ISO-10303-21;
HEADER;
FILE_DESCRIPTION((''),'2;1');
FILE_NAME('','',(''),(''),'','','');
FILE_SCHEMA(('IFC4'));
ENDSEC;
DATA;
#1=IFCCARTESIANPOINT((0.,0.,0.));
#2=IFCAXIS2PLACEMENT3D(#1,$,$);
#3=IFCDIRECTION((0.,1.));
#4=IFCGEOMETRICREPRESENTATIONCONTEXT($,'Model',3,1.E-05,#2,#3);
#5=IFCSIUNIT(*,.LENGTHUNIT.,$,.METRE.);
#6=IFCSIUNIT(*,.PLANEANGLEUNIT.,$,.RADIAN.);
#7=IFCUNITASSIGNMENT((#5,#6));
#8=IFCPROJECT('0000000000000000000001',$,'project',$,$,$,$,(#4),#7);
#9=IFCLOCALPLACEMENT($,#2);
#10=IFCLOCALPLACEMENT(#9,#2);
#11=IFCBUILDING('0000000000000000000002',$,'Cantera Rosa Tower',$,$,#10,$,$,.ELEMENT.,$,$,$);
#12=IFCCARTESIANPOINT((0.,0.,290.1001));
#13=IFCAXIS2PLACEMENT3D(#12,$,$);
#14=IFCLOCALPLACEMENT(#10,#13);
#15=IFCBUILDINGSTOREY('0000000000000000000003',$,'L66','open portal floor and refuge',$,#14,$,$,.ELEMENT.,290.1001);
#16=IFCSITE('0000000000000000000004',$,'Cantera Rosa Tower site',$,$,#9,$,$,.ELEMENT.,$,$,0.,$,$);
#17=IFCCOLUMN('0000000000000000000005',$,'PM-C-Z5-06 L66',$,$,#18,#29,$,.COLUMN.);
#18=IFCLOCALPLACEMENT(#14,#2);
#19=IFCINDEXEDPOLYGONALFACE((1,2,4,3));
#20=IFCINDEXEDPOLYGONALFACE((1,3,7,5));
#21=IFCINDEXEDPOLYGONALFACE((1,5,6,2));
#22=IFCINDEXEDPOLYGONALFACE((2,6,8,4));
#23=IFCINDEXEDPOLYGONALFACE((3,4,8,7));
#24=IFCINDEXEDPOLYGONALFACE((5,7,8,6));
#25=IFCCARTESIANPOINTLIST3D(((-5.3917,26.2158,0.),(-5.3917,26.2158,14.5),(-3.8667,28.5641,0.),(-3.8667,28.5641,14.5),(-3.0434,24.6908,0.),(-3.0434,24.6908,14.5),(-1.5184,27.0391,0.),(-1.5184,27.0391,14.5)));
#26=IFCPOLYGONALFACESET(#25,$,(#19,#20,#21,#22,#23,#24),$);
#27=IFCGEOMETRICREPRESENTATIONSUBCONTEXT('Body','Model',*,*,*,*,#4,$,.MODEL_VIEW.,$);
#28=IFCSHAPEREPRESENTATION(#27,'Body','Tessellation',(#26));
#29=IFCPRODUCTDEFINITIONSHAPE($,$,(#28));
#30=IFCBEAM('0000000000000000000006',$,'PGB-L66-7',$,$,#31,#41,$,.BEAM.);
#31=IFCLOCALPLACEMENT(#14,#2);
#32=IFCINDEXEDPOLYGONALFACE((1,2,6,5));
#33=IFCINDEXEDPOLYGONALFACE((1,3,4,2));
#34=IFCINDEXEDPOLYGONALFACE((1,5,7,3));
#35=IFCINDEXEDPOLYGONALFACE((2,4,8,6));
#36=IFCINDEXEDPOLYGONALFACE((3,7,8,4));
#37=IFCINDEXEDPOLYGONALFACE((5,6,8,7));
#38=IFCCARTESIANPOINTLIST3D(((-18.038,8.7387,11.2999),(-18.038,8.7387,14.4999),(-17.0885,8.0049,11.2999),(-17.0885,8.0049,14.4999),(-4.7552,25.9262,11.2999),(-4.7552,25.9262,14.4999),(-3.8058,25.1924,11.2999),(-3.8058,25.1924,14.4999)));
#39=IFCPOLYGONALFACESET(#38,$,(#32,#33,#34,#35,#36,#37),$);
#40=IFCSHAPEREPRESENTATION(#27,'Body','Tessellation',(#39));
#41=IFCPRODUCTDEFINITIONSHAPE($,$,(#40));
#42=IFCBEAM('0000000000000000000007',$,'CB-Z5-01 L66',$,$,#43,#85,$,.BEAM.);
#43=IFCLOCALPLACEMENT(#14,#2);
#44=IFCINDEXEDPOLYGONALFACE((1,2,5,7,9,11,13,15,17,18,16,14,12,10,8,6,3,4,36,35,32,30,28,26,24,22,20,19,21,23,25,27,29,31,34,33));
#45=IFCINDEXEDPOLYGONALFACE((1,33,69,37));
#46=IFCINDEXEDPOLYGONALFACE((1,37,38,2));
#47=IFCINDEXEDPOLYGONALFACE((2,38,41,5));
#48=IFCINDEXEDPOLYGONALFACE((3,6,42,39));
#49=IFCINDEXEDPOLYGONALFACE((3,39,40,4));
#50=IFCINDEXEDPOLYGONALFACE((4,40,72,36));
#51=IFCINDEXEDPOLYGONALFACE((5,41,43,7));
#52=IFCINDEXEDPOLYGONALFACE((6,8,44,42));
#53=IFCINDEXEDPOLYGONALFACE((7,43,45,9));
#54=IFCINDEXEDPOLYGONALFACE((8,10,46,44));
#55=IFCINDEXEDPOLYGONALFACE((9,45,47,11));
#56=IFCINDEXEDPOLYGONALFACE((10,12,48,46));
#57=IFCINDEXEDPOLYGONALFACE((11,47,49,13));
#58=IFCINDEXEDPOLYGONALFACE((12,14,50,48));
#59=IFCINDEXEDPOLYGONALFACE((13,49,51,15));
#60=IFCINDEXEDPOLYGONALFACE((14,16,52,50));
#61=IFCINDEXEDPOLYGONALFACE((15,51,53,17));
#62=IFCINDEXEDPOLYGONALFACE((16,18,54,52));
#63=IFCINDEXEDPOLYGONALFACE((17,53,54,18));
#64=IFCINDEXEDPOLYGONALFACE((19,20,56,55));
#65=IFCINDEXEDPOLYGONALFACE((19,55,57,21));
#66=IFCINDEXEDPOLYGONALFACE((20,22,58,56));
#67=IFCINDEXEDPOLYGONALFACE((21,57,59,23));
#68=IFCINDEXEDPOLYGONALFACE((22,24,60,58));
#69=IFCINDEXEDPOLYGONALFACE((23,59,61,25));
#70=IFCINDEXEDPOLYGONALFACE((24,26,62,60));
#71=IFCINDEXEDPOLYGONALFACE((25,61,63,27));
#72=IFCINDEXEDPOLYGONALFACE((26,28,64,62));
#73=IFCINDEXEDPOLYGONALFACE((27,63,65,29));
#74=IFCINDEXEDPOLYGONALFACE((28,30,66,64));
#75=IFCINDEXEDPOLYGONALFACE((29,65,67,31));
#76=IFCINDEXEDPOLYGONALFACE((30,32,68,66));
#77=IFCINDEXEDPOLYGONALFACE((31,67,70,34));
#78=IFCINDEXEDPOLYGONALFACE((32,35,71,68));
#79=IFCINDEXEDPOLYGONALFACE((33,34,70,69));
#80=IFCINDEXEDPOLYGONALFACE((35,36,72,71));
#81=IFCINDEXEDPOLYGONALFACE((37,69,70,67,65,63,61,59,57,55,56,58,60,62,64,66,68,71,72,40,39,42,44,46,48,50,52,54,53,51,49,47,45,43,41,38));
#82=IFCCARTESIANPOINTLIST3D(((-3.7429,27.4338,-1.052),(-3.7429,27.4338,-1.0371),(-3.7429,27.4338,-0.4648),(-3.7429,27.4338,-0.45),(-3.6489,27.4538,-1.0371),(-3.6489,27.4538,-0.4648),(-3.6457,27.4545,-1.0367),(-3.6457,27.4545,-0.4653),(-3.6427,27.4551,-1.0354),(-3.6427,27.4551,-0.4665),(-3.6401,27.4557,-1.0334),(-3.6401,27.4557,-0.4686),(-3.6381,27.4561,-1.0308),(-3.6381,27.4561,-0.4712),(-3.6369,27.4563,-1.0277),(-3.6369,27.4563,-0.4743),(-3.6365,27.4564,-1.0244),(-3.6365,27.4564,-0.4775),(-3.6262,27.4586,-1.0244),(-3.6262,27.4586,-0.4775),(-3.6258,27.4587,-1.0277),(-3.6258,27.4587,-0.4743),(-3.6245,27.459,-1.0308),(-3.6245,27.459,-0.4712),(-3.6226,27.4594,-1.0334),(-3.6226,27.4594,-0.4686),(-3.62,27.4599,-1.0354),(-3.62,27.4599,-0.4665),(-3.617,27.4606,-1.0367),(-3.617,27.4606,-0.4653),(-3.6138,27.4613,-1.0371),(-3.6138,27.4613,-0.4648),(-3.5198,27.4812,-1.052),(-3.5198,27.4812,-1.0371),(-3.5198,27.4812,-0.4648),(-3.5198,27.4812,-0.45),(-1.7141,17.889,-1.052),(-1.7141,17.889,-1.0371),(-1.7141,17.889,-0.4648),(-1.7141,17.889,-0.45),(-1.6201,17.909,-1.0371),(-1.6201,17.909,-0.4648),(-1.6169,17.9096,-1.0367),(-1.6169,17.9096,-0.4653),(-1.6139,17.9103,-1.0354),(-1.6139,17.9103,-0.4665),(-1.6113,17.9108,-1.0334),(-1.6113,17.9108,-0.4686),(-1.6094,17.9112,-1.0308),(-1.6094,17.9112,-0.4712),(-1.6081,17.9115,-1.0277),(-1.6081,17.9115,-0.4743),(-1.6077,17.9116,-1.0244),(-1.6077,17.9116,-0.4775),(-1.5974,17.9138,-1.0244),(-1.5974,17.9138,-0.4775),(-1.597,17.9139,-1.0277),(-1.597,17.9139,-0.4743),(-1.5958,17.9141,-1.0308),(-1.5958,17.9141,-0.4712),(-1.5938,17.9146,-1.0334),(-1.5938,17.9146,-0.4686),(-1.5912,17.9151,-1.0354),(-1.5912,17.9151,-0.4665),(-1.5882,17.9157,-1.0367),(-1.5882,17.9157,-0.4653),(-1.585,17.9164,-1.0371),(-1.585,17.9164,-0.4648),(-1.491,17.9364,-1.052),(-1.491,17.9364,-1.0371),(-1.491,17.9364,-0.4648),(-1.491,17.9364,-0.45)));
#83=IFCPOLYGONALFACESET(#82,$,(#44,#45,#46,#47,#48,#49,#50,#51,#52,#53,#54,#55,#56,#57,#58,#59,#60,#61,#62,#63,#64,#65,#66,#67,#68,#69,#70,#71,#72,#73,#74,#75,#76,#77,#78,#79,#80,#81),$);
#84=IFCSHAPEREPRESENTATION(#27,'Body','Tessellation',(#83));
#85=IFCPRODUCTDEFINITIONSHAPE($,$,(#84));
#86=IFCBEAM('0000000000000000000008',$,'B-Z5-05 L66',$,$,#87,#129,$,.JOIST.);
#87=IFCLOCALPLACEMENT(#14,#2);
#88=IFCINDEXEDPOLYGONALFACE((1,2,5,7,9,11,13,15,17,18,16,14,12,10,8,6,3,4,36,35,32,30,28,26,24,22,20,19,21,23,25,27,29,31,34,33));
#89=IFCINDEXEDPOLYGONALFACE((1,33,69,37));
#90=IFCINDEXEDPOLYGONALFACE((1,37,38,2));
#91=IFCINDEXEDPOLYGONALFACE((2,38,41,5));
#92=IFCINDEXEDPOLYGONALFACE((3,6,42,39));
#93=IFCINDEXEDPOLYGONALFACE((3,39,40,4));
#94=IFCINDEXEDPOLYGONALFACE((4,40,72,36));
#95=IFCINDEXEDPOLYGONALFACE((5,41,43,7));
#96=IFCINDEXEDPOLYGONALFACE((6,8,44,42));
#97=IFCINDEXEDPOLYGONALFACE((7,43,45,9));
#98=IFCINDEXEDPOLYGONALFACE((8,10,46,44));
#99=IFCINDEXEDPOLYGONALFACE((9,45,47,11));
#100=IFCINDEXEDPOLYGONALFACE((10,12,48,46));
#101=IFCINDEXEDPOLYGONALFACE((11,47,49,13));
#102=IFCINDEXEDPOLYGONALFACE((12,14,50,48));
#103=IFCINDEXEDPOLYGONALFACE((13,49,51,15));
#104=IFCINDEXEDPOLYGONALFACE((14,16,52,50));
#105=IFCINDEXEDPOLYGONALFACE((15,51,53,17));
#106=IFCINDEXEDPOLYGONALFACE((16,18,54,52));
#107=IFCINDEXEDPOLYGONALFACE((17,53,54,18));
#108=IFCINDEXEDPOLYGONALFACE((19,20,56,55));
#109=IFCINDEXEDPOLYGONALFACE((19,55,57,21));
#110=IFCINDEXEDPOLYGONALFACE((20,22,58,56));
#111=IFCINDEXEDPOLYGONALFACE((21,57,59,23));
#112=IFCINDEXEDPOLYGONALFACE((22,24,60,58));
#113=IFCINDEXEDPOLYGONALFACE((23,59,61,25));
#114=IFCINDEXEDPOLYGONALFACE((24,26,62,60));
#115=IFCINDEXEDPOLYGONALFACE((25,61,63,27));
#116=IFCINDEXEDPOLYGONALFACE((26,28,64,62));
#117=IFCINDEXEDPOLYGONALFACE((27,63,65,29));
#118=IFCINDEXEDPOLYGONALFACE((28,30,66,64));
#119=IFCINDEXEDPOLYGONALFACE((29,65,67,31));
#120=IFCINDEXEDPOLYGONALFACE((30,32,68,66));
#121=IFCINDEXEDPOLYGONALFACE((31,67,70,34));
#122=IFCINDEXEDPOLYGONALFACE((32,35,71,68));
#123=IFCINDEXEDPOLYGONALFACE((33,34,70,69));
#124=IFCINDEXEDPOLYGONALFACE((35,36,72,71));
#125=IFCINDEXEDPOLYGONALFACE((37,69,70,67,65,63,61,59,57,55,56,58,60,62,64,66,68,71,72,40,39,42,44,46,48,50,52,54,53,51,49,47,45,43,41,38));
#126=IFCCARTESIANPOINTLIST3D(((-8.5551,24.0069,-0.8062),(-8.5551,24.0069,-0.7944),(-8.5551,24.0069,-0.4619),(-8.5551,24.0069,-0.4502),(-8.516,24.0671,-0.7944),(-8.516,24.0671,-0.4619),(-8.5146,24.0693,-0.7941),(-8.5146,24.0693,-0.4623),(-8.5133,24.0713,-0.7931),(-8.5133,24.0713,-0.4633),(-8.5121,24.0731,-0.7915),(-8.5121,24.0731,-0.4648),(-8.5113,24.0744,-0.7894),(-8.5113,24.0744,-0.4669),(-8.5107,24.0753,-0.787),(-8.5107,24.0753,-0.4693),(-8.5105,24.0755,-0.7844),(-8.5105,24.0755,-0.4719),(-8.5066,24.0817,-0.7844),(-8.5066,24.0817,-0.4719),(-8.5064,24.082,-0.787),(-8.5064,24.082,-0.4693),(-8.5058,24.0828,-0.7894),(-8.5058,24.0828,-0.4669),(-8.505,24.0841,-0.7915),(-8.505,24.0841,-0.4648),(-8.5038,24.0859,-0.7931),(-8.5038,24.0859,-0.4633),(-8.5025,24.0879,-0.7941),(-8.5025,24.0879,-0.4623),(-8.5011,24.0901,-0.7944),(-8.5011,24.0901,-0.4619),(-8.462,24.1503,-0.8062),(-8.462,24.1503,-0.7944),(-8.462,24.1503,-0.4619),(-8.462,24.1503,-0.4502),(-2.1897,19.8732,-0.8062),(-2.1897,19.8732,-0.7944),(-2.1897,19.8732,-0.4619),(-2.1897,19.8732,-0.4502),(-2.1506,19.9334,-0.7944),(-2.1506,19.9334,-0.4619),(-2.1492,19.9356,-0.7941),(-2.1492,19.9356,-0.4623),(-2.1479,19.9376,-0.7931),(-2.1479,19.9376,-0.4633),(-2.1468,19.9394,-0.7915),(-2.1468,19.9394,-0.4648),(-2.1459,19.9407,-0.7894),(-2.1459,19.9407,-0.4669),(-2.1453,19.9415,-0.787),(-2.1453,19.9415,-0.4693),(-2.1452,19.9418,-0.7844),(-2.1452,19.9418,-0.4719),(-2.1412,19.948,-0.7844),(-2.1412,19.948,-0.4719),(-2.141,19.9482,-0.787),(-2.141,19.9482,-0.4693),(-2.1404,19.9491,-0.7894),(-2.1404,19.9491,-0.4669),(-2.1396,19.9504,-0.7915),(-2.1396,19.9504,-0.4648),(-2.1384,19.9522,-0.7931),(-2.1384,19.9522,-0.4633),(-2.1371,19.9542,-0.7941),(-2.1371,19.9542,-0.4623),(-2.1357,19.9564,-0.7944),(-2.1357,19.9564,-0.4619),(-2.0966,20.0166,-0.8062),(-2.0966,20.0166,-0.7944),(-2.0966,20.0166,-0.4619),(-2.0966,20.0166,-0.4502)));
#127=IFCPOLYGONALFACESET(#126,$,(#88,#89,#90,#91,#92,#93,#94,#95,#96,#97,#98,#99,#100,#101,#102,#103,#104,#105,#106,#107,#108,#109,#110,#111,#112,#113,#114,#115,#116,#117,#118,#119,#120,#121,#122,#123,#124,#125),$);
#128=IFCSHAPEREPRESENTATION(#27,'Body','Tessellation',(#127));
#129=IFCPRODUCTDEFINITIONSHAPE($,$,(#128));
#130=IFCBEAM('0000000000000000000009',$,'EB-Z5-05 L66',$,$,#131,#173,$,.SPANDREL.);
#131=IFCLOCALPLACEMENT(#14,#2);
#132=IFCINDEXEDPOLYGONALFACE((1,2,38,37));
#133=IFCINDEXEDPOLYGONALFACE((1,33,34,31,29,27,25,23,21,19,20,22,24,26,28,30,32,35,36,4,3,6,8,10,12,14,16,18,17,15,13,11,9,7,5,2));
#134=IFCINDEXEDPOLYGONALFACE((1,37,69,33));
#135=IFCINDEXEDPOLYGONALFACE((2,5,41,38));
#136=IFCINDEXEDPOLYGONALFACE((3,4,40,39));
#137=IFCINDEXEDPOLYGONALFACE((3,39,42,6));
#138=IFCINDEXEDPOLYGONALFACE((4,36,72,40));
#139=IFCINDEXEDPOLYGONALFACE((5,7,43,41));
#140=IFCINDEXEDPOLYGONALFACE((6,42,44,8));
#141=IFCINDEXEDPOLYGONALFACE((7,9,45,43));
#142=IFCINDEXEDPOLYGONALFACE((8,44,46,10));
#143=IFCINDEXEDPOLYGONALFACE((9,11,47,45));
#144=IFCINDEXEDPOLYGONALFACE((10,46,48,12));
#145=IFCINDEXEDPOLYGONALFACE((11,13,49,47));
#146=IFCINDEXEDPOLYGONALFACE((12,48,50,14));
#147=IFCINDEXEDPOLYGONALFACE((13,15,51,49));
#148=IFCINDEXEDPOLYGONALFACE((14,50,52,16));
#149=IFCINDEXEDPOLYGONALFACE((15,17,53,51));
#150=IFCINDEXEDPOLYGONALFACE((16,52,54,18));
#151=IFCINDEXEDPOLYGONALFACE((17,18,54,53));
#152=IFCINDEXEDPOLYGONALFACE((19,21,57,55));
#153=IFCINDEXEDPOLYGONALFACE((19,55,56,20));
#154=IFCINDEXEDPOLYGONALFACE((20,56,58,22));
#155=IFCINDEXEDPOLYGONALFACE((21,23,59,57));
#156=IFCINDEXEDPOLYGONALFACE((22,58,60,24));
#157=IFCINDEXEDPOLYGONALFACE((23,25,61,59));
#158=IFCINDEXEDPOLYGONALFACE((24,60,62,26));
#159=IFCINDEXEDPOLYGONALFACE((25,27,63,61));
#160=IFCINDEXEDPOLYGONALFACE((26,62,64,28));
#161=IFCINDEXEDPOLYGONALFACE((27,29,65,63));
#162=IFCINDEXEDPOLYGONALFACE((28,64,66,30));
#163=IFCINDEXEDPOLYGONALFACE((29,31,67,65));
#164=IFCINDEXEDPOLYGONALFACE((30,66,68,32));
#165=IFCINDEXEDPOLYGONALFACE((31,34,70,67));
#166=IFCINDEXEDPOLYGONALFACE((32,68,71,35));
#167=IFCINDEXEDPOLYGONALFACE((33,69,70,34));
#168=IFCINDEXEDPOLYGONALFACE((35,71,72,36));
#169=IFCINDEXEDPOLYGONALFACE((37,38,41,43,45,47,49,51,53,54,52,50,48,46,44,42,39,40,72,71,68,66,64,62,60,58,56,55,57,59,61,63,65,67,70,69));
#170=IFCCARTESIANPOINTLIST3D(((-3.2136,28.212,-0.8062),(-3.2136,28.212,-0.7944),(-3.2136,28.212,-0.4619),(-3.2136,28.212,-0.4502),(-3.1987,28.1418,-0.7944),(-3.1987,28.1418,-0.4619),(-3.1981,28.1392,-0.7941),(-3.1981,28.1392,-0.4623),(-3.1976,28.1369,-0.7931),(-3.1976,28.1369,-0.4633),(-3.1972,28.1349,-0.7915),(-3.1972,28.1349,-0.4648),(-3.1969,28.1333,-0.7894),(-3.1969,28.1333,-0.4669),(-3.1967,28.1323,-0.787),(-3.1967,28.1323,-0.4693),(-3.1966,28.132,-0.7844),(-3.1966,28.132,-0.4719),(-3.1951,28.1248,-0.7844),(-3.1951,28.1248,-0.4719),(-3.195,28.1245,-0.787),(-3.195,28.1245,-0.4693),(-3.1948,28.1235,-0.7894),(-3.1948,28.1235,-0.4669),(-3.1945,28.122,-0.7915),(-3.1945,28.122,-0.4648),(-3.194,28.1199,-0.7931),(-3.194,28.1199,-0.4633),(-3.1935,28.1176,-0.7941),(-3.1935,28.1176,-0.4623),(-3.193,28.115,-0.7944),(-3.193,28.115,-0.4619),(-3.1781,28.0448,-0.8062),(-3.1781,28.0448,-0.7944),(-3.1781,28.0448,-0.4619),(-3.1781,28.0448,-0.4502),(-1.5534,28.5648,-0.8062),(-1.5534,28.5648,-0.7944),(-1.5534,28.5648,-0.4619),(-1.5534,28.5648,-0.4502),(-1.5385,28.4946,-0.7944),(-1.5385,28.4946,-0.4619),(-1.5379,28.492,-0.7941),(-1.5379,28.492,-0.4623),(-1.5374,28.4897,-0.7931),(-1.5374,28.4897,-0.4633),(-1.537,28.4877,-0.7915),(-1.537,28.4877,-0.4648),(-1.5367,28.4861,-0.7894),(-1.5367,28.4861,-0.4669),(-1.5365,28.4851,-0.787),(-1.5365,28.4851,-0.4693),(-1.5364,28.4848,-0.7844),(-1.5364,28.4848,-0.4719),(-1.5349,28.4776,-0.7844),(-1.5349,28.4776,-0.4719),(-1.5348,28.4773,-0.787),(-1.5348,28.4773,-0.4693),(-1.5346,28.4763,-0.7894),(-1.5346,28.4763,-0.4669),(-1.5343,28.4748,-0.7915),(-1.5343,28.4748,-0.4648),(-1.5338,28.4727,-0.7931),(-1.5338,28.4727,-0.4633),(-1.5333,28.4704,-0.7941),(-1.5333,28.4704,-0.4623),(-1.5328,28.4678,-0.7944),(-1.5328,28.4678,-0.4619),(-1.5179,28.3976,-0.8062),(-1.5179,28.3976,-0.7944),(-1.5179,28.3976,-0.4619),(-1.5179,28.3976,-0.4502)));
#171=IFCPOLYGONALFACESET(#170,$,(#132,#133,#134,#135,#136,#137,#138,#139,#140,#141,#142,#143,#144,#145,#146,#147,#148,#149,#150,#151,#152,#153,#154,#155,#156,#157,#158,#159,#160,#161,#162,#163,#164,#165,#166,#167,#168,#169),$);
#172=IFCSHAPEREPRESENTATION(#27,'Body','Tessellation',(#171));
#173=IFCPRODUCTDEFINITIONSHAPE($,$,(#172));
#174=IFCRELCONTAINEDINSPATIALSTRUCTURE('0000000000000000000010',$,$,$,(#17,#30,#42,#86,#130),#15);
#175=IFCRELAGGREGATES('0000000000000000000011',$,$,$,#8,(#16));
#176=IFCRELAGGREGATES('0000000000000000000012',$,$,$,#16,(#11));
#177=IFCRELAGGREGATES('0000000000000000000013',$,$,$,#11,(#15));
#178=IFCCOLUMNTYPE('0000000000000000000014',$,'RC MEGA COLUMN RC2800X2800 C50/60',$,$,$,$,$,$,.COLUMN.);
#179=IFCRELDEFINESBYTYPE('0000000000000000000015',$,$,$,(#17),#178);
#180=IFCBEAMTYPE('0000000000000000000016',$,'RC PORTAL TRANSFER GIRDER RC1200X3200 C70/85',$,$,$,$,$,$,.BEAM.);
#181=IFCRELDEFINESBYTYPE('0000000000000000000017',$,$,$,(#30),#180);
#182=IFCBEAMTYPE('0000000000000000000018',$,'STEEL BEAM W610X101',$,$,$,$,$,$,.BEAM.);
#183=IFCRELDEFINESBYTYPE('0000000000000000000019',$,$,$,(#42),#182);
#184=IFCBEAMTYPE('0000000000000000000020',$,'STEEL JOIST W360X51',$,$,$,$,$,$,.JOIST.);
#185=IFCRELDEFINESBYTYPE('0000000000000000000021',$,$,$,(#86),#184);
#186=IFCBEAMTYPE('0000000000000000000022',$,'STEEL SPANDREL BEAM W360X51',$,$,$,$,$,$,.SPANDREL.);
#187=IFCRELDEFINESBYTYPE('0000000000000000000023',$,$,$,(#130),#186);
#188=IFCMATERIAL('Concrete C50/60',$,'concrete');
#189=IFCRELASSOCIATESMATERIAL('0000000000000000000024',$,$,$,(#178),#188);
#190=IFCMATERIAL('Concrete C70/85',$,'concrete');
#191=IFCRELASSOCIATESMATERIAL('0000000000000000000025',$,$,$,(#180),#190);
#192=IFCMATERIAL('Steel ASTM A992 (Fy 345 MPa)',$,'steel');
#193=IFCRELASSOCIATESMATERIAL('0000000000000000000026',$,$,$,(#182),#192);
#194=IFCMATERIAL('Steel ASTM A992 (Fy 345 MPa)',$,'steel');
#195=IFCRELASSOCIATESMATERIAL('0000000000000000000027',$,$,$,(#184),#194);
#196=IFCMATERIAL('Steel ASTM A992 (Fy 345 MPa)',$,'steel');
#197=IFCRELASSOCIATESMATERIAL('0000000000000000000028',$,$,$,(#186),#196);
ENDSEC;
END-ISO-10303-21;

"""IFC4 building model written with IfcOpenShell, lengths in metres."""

from ifc_helpers import new_model, si_unit, direction, frame, origin, origin_2d, place, context, subcontext, project, spatial, rectangle, i_section, extrude, material, material_profile, profile_set, type_object, element, save


model = new_model("IFC4")

# Units and contexts
model_context = context("Model", 3, precision=1e-05, world=origin(), true_north=direction((0.0, 1.0)))
body_context = subcontext(model_context, "Body", "Model", "MODEL_VIEW")
ifc_project = project(units=[si_unit("LENGTHUNIT", "METRE"), si_unit("PLANEANGLEUNIT", "RADIAN")], contexts=[model_context])

# Site, building, storey
site_placement = place(None, origin())
site = spatial("IfcSite", under=ifc_project, at=site_placement, Name="Cantera Rosa Tower site", CompositionType="ELEMENT", RefElevation=0.0)
building_placement = place(site_placement, origin())
building = spatial("IfcBuilding", under=site, at=building_placement, Name="Cantera Rosa Tower", CompositionType="ELEMENT")
storey_placement = place(building_placement, frame((0.0, 0.0, 290.1001)))
storey = spatial("IfcBuildingStorey", under=building, at=storey_placement, Name="L66", Description="open portal floor and refuge", CompositionType="ELEMENT", Elevation=290.1001)

# Column
ifc_material_1 = material(Name="Concrete C50/60", Category="concrete")
ifc_material_profile_1 = material_profile(ifc_material_1, rectangle(XDim=2.8, YDim=2.8, at=origin_2d()), Name="RC MEGA COLUMN RC2800X2800 C50/60")
ifc_profile_set_1 = profile_set([ifc_material_profile_1], Name="Concrete C50/60")
column_type = type_object("IfcColumnType", Name="RC MEGA COLUMN RC2800X2800 C50/60", PredefinedType="COLUMN", material=ifc_profile_set_1)
column_placement = place(storey_placement, frame((-3.4551, 26.6274, 0.0), z_axis=(0.0, 0.0, 1.0), x_axis=(0.544639, 0.838671, 0.0)))
element("IfcColumn", 1, at=column_placement, inside=storey, type_object=column_type, Name="PM-C-Z5-06 L66", PredefinedType="COLUMN", context=body_context, shape_type="SweptSolid", body=[
    extrude(rectangle(XDim=2.8, YDim=2.8, at=origin_2d()), origin(), (0.0, 0.0, 1.0), 14.5),
])

# Beams
ifc_material_2 = material(Name="Concrete C70/85", Category="concrete")
ifc_material_profile_2 = material_profile(ifc_material_2, rectangle(XDim=1.2, YDim=3.2, at=origin_2d()), Name="RC PORTAL TRANSFER GIRDER RC1200X3200 C70/85")
ifc_profile_set_2 = profile_set([ifc_material_profile_2], Name="Concrete C70/85")
beam_type_1 = type_object("IfcBeamType", Name="RC PORTAL TRANSFER GIRDER RC1200X3200 C70/85", PredefinedType="BEAM", material=ifc_profile_set_2)
beam_1_placement = place(storey_placement, frame((-4.2805, 25.5593, 12.8999), z_axis=(-0.61149, -0.791252, 0.0), x_axis=(0.791252, -0.61149, 0.0)))
element("IfcBeam", 2, at=beam_1_placement, inside=storey, type_object=beam_type_1, Name="PGB-L66-7", PredefinedType="BEAM", context=body_context, shape_type="SweptSolid", body=[
    extrude(rectangle(XDim=1.2, YDim=3.2, at=origin_2d()), origin(), (0.0, 0.0, 1.0), 21.7219),
])
ifc_material_3 = material(Name="Steel ASTM A992 (Fy 345 MPa)", Category="steel")
ifc_material_profile_3 = material_profile(ifc_material_3, i_section(OverallWidth=0.228, OverallDepth=0.6021, WebThickness=0.0105, FlangeThickness=0.0149, FilletRadius=0.0127, at=origin_2d()), Name="W610X101")
ifc_profile_set_3 = profile_set([ifc_material_profile_3], Name="Steel ASTM A992 (Fy 345 MPa)")
beam_type_2 = type_object("IfcBeamType", Name="STEEL BEAM W610X101", PredefinedType="BEAM", material=ifc_profile_set_3)
beam_2_placement = place(storey_placement, frame((-3.6313, 27.4575, -0.751), z_axis=(0.207909, -0.978148, 0.0), x_axis=(0.978148, 0.207909, 0.0)))
element("IfcBeam", 3, at=beam_2_placement, inside=storey, type_object=beam_type_2, Name="CB-Z5-01 L66", PredefinedType="BEAM", context=body_context, shape_type="SweptSolid", body=[
    extrude(i_section(OverallWidth=0.228, OverallDepth=0.6021, WebThickness=0.0105, FlangeThickness=0.0149, FilletRadius=0.0127, at=origin_2d()), origin(), (0.0, 0.0, 1.0), 9.7581),
])
ifc_material_4 = material(Name="Steel ASTM A992 (Fy 345 MPa)", Category="steel")
ifc_material_profile_4 = material_profile(ifc_material_4, i_section(OverallWidth=0.1709, OverallDepth=0.356, WebThickness=0.0073, FlangeThickness=0.0117, FilletRadius=0.01, at=origin_2d()), Name="W360X51")
ifc_profile_set_4 = profile_set([ifc_material_profile_4], Name="Steel ASTM A992 (Fy 345 MPa)")
beam_type_3 = type_object("IfcBeamType", Name="STEEL JOIST W360X51", PredefinedType="JOIST", material=ifc_profile_set_4)
beam_3_placement = place(storey_placement, frame((-8.5085, 24.0786, -0.6282), z_axis=(0.838671, -0.544639, 0.0), x_axis=(0.544639, 0.838671, 0.0)))
element("IfcBeam", 4, at=beam_3_placement, inside=storey, type_object=beam_type_3, Name="B-Z5-05 L66", PredefinedType="JOIST", context=body_context, shape_type="SweptSolid", body=[
    extrude(i_section(OverallWidth=0.1709, OverallDepth=0.356, WebThickness=0.0073, FlangeThickness=0.0117, FilletRadius=0.01, at=origin_2d()), origin(), (0.0, 0.0, 1.0), 7.5898),
])
ifc_material_5 = material(Name="Steel ASTM A992 (Fy 345 MPa)", Category="steel")
ifc_material_profile_5 = material_profile(ifc_material_5, i_section(OverallWidth=0.1709, OverallDepth=0.356, WebThickness=0.0073, FlangeThickness=0.0117, FilletRadius=0.01, at=origin_2d()), Name="W360X51")
ifc_profile_set_5 = profile_set([ifc_material_profile_5], Name="Steel ASTM A992 (Fy 345 MPa)")
beam_type_4 = type_object("IfcBeamType", Name="STEEL SPANDREL BEAM W360X51", PredefinedType="SPANDREL", material=ifc_profile_set_5)
for number, where, z_axis, x_axis, name in (
    (5, (-1.5356, 28.4812, -0.6282), (-0.978159, -0.207859, 0.0), (0.207859, -0.978159, 0.0), "EB-Z5-05 L66"),
):
    element("IfcBeam", number, at=place(storey_placement, frame(where, z_axis=z_axis, x_axis=x_axis)), inside=storey, type_object=beam_type_4, Name=name, PredefinedType="SPANDREL", context=body_context, shape_type="SweptSolid", body=[
        extrude(i_section(OverallWidth=0.1709, OverallDepth=0.356, WebThickness=0.0073, FlangeThickness=0.0117, FilletRadius=0.01, at=origin_2d()), origin(), (0.0, 0.0, 1.0), 1.6973),
    ])

save(model, "model.ifc")
